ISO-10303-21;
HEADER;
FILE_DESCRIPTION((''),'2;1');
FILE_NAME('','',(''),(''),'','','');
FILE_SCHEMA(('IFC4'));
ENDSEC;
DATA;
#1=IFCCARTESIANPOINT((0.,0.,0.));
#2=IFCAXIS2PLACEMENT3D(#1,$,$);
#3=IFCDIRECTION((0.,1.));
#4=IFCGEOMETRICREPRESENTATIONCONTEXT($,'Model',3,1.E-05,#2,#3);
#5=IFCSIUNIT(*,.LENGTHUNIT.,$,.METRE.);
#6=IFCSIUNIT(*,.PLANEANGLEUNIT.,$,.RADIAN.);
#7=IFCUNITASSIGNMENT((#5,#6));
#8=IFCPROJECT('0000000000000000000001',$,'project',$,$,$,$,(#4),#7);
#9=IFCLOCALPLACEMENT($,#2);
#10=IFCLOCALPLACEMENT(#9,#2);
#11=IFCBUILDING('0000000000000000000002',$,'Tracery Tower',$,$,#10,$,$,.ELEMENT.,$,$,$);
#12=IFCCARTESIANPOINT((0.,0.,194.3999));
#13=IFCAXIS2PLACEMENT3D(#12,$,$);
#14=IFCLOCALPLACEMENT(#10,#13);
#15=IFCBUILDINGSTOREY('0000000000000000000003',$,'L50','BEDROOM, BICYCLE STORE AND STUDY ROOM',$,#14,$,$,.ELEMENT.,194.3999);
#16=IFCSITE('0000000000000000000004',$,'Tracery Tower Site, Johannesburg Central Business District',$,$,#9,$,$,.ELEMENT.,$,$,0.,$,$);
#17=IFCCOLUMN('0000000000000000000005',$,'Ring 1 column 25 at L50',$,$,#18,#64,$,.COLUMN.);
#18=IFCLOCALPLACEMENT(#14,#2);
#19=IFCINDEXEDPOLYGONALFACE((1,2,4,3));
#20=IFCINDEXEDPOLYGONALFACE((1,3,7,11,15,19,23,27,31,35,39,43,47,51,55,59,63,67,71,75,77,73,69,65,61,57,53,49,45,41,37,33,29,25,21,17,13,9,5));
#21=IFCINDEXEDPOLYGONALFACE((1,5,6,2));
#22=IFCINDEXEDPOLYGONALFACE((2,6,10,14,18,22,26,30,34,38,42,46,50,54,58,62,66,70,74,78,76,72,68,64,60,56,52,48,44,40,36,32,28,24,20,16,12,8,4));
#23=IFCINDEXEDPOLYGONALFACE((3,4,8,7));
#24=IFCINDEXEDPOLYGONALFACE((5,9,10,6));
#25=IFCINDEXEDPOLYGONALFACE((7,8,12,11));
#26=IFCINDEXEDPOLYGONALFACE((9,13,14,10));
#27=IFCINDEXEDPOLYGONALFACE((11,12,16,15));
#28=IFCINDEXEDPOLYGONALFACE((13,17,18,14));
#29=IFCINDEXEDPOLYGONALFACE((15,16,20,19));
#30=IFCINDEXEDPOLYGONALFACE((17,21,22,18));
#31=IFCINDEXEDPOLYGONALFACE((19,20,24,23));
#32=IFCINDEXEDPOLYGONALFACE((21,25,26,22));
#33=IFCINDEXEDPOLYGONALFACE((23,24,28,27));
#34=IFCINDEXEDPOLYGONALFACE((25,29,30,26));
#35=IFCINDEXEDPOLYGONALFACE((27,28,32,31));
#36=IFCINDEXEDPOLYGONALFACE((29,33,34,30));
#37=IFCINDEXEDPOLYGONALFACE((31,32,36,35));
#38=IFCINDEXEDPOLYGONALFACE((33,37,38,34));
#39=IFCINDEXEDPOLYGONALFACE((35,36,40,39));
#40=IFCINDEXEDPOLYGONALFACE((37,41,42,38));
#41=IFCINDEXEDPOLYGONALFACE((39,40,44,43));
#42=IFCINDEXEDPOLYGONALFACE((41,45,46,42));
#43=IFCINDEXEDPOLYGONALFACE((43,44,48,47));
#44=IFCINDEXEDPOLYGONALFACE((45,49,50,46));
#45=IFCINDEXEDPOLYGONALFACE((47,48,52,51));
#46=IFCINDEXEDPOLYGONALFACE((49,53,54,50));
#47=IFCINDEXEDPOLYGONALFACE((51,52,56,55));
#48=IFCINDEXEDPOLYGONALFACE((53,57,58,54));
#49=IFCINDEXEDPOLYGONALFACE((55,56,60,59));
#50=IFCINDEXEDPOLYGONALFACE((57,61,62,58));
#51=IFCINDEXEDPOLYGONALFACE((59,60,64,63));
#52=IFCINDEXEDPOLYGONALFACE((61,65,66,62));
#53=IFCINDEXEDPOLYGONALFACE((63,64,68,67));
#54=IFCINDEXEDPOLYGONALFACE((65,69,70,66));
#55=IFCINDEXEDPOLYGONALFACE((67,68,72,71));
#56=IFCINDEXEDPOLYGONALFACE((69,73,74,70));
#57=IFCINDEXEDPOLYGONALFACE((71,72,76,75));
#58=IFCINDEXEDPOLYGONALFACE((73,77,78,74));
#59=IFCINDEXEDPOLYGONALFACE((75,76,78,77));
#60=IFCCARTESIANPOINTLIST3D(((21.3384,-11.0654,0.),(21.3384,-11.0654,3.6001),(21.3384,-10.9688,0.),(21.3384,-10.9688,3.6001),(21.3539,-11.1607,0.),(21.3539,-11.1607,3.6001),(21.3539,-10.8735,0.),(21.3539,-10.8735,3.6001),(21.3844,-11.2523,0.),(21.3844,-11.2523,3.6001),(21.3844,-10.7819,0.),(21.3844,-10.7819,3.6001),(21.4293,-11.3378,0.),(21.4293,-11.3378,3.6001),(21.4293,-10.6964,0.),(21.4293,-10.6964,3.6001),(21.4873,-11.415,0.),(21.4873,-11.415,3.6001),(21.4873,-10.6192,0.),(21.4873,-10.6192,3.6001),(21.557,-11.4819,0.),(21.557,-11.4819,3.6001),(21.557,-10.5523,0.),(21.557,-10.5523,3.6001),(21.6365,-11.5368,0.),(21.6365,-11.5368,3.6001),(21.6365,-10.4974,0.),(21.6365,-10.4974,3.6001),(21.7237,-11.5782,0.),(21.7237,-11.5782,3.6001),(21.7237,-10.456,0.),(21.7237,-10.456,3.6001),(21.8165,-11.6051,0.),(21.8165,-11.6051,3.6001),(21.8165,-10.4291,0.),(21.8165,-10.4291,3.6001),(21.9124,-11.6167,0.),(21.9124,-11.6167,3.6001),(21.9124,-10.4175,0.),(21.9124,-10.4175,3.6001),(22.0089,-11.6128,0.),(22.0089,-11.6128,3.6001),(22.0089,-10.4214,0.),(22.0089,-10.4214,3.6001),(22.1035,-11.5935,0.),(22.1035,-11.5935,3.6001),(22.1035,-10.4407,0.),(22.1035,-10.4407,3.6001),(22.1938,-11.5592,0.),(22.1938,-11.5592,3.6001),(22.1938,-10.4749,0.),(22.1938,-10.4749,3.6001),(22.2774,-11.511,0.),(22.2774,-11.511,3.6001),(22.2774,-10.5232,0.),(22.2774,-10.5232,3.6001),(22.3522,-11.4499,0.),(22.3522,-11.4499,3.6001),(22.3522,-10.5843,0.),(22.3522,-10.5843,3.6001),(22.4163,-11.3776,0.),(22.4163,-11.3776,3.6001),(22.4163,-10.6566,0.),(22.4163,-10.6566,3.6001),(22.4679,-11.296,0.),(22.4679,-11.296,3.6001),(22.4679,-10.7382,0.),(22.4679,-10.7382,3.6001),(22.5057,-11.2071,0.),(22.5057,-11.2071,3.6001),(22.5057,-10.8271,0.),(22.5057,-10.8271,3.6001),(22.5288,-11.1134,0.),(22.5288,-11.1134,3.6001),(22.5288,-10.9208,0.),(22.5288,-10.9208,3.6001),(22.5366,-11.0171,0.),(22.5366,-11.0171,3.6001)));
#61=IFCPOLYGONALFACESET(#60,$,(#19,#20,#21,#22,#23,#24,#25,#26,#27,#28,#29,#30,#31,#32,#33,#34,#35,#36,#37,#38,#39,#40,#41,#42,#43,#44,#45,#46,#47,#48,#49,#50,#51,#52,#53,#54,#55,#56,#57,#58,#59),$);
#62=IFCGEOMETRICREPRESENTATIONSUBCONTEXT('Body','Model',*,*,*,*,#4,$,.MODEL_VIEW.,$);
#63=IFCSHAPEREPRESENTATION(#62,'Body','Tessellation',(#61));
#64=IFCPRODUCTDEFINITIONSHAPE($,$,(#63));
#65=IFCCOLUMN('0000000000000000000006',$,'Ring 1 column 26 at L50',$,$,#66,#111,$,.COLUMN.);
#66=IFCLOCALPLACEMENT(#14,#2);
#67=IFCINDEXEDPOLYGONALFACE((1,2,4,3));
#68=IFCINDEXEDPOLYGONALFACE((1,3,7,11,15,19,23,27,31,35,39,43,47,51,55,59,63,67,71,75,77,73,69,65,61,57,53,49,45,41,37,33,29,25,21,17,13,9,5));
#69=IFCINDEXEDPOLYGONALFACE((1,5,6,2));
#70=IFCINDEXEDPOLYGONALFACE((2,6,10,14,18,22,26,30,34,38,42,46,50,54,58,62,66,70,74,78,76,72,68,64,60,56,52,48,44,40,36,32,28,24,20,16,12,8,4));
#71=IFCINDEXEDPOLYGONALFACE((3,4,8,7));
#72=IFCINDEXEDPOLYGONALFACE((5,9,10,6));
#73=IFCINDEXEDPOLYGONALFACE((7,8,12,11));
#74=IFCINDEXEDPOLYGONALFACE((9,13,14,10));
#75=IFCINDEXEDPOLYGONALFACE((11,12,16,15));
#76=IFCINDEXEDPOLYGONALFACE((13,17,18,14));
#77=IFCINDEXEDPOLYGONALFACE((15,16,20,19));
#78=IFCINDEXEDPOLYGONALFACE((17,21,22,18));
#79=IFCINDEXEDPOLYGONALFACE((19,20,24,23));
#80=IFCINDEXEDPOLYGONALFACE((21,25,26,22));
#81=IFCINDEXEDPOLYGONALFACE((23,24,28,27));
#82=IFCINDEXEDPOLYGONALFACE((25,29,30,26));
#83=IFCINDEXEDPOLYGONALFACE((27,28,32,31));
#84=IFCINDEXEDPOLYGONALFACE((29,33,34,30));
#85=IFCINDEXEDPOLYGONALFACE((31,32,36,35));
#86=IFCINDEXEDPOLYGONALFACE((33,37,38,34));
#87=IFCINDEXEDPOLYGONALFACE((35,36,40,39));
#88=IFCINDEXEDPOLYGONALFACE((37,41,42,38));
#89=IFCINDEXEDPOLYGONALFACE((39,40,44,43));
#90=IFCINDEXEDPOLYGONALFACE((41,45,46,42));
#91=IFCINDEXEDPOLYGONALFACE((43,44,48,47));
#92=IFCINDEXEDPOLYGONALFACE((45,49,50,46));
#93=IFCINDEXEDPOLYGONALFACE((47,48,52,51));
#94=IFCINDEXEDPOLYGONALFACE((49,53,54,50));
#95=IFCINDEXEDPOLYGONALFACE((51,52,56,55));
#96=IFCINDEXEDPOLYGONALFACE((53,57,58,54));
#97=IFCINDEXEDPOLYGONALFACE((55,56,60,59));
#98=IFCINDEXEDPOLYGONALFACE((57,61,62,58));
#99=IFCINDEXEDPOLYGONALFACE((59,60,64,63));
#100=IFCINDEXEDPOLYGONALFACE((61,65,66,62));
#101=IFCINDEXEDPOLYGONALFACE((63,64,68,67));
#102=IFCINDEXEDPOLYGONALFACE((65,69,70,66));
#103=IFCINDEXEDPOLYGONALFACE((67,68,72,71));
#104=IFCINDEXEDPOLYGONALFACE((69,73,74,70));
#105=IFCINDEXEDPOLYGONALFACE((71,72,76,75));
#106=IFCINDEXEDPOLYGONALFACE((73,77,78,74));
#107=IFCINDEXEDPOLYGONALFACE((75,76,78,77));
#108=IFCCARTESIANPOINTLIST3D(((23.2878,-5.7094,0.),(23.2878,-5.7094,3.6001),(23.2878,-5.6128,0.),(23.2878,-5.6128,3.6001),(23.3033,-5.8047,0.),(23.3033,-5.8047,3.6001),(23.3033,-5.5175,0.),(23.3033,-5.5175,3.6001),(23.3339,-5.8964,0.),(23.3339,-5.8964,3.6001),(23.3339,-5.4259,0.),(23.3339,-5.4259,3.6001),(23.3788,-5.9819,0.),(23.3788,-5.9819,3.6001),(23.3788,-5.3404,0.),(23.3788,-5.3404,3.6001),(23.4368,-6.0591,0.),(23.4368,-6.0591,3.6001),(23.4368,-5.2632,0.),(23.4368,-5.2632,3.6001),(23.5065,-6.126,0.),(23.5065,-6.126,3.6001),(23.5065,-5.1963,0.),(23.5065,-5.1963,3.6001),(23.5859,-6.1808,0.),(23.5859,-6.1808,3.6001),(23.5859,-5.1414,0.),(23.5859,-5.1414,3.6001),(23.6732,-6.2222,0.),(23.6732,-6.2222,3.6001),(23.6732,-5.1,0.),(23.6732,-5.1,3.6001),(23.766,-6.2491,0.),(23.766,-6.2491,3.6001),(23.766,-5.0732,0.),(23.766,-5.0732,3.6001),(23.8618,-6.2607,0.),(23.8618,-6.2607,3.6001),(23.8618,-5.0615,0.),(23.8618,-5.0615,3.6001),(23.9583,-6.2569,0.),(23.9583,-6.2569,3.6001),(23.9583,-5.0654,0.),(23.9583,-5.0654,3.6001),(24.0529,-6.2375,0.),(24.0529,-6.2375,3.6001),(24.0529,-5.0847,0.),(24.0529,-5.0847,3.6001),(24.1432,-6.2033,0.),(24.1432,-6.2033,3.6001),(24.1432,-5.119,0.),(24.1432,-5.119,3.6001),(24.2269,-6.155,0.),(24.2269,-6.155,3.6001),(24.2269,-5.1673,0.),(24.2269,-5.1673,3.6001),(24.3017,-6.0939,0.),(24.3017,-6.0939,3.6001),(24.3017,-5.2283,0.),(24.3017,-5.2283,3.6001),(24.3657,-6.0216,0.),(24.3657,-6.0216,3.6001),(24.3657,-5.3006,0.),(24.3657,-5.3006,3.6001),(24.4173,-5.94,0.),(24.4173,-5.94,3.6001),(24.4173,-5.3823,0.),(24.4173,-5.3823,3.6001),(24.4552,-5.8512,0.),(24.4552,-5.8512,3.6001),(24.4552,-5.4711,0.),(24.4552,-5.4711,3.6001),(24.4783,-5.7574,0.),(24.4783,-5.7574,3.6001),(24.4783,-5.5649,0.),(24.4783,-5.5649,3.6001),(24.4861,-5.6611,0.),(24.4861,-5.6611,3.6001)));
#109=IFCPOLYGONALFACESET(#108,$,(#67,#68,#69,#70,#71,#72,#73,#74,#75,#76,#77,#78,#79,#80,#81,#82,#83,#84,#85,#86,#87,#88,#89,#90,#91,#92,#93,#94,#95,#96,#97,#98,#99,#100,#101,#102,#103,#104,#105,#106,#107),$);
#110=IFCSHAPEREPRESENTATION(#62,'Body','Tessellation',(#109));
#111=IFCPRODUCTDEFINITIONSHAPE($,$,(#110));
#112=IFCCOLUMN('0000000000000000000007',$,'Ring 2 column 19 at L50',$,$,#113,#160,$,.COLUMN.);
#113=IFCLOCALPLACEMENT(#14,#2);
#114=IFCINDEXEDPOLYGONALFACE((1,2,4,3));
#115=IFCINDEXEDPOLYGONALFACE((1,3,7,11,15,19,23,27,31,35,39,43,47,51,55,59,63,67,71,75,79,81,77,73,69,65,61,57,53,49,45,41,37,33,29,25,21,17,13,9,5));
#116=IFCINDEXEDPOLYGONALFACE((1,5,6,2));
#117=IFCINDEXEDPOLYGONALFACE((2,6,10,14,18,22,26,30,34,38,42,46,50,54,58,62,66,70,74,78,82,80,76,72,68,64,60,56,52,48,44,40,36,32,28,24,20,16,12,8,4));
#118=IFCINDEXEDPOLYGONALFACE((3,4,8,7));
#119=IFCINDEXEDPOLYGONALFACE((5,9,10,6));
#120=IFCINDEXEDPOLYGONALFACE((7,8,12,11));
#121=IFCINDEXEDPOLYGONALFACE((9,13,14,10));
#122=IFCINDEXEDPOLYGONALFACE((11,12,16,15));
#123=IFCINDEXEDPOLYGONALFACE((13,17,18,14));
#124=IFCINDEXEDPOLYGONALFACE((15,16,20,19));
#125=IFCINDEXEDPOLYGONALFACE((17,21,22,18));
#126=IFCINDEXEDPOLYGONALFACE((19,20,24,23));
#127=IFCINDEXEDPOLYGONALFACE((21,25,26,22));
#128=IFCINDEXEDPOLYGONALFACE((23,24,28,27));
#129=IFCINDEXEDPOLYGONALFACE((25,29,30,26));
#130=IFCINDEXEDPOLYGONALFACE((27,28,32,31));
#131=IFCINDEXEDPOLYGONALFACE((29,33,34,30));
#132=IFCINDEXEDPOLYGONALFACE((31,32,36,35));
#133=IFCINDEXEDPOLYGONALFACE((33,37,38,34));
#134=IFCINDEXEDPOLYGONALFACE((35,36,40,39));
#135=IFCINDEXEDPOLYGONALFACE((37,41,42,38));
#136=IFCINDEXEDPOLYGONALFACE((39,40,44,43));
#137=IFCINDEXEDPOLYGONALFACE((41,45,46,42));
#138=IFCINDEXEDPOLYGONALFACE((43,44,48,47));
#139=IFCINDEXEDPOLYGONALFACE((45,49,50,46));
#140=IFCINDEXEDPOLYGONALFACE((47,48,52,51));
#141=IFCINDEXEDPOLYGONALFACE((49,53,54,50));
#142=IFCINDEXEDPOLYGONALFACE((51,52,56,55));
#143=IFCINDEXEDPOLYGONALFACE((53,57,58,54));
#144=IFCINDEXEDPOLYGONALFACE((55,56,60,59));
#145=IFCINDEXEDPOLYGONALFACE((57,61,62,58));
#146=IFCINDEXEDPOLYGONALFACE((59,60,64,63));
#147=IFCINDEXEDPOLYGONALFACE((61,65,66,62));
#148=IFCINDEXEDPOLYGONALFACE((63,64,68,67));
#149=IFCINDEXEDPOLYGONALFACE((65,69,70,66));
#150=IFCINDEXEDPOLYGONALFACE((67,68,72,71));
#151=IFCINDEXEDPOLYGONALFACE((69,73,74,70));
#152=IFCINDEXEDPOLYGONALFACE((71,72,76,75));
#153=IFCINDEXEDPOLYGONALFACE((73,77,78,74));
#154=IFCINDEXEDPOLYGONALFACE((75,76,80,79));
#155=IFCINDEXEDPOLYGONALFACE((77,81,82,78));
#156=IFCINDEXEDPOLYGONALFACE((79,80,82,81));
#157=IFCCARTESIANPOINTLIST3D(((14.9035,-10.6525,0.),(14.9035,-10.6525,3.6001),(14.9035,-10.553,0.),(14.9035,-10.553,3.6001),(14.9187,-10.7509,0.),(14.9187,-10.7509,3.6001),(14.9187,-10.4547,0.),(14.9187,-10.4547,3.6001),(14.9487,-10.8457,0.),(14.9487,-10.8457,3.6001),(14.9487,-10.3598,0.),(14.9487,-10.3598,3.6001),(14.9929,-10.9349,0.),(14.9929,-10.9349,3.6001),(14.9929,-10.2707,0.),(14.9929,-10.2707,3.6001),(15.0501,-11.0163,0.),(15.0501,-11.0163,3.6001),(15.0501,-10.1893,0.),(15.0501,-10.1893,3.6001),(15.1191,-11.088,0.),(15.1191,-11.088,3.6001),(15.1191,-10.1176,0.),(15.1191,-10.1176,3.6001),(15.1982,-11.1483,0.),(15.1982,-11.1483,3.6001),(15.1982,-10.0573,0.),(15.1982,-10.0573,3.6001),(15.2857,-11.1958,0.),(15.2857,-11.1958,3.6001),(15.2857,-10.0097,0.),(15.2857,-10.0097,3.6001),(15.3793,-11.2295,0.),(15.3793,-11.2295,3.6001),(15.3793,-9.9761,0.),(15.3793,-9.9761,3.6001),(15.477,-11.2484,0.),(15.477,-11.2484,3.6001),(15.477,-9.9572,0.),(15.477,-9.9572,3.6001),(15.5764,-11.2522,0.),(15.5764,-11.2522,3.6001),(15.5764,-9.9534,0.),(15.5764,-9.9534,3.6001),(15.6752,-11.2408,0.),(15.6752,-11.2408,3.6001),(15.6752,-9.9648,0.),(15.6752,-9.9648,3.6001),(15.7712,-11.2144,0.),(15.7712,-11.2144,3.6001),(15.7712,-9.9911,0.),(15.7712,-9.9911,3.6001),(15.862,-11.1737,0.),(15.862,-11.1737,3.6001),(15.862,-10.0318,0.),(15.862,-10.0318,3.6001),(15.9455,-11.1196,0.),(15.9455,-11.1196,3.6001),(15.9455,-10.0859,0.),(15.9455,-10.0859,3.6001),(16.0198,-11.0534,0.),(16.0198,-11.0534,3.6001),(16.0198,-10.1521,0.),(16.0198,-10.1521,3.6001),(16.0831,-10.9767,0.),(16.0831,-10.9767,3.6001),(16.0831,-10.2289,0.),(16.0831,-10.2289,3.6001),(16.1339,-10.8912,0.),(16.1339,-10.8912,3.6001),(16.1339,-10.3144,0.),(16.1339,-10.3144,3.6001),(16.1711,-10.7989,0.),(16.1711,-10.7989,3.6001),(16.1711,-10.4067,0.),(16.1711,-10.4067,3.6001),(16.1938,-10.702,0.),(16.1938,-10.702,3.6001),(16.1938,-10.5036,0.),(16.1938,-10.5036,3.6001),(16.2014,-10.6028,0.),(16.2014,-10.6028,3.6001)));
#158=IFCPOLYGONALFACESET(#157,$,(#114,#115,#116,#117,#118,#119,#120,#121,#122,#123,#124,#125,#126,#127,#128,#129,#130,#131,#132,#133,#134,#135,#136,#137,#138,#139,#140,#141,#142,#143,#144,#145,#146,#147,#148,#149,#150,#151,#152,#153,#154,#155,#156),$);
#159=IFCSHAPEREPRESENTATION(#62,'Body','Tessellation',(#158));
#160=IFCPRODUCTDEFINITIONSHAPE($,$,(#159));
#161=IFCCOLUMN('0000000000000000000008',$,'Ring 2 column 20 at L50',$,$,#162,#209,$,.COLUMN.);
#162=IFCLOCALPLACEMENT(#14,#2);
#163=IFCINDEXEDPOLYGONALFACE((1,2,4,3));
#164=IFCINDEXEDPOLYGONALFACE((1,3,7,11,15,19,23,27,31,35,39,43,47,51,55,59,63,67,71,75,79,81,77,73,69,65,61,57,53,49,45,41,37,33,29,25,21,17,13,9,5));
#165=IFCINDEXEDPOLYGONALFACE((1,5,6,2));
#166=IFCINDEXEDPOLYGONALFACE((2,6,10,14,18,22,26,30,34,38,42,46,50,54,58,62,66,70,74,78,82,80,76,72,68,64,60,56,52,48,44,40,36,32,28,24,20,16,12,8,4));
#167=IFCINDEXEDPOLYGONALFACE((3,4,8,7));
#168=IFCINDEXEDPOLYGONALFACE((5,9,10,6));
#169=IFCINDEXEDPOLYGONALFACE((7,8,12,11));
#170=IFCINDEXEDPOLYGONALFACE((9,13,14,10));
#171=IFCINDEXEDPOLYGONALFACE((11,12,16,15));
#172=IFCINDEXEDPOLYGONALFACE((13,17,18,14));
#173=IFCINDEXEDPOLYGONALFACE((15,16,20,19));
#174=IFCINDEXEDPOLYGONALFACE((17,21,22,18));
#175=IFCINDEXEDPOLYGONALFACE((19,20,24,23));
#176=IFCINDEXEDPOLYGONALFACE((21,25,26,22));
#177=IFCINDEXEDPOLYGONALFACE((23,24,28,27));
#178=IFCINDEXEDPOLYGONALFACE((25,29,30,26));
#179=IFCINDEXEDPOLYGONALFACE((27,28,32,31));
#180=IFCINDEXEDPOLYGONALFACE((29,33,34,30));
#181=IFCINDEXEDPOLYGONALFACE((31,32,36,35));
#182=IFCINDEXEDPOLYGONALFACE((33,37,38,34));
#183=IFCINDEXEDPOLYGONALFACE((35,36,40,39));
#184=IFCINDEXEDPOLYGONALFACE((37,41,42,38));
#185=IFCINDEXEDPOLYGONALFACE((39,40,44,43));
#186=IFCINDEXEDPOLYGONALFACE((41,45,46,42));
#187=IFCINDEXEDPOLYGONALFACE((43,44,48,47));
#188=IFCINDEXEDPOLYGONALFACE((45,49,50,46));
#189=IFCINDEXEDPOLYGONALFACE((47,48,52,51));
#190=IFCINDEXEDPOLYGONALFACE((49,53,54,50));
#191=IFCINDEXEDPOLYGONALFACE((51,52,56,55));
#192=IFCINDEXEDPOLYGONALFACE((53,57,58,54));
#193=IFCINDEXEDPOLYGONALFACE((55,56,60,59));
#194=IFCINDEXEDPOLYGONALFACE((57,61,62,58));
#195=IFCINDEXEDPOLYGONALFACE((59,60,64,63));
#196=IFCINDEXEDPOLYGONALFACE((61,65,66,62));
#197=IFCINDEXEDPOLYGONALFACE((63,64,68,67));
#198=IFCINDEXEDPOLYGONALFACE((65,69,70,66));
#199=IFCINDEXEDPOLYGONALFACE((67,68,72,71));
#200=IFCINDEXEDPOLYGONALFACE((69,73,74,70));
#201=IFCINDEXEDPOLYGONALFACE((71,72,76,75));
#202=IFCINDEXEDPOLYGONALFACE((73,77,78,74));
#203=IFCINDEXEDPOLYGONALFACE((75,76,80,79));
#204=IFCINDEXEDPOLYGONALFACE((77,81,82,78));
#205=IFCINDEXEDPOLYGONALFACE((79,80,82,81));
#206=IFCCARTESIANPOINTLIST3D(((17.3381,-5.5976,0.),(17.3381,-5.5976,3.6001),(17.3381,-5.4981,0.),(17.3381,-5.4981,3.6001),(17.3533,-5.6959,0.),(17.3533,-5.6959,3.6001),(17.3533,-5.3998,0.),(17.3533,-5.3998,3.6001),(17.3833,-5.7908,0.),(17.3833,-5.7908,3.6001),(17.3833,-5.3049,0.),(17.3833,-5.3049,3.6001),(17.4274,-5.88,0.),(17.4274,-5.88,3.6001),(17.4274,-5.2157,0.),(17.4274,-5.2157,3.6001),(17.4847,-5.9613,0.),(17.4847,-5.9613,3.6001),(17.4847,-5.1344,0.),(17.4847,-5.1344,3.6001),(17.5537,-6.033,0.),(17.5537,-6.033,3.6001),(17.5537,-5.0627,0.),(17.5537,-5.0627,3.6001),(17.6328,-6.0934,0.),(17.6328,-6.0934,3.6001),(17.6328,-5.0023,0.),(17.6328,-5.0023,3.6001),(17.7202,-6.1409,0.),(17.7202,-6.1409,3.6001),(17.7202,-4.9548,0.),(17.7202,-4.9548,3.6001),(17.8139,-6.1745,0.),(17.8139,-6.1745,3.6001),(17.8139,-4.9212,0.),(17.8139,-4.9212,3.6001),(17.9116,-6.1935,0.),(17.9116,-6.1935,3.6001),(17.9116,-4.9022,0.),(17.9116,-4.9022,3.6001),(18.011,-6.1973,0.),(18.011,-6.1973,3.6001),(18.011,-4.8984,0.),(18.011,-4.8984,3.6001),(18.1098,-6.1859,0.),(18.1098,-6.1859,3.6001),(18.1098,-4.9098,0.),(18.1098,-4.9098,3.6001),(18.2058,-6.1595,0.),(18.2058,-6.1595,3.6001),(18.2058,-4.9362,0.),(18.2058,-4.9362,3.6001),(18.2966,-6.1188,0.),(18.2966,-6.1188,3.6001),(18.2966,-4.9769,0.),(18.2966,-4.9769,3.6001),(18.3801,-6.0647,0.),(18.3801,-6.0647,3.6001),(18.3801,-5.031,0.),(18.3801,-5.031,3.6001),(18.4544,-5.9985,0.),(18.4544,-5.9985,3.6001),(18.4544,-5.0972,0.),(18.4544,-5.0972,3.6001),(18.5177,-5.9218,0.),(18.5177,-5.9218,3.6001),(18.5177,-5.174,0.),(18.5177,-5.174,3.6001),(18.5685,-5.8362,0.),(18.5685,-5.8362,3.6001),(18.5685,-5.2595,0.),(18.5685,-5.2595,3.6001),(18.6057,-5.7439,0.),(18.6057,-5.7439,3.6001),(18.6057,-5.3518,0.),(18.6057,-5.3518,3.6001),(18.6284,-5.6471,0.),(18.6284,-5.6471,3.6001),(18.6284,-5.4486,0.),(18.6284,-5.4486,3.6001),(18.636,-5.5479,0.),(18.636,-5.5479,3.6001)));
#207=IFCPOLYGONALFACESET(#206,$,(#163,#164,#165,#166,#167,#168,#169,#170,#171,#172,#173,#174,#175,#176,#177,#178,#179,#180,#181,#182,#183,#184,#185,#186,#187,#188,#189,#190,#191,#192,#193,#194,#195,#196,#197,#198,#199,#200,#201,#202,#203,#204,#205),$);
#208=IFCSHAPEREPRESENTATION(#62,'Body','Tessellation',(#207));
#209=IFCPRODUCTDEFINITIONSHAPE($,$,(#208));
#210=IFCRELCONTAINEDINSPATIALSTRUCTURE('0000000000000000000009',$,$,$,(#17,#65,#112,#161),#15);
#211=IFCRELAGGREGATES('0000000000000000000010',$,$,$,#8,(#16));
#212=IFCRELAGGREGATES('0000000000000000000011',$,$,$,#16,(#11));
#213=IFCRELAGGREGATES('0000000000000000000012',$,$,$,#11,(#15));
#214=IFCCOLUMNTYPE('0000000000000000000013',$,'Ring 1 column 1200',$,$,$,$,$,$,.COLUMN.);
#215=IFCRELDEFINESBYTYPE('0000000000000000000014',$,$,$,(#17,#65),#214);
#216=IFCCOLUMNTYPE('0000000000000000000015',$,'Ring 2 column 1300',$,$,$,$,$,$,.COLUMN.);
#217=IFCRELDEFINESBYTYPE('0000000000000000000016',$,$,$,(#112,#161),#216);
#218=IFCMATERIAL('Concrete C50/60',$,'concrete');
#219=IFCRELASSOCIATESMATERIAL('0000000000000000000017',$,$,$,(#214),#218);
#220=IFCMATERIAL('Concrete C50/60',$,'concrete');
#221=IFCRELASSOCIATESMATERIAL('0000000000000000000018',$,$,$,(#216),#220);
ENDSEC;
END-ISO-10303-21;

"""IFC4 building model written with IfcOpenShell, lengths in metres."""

from ifc_helpers import new_model, si_unit, direction, frame, origin, origin_2d, place, context, subcontext, project, spatial, circle, extrude, material, material_profile, profile_set, type_object, element, save


model = new_model("IFC4")

# Units and contexts
model_context = context("Model", 3, precision=1e-05, world=origin(), true_north=direction((0.0, 1.0)))
body_context = subcontext(model_context, "Body", "Model", "MODEL_VIEW")
ifc_project = project(units=[si_unit("LENGTHUNIT", "METRE"), si_unit("PLANEANGLEUNIT", "RADIAN")], contexts=[model_context])

# Site, building, storey
site_placement = place(None, origin())
site = spatial("IfcSite", under=ifc_project, at=site_placement, Name="Tracery Tower Site, Johannesburg Central Business District", CompositionType="ELEMENT", RefElevation=0.0)
building_placement = place(site_placement, origin())
building = spatial("IfcBuilding", under=site, at=building_placement, Name="Tracery Tower", CompositionType="ELEMENT")
storey_placement = place(building_placement, frame((0.0, 0.0, 194.3999)))
storey = spatial("IfcBuildingStorey", under=building, at=storey_placement, Name="L50", Description="BEDROOM, BICYCLE STORE AND STUDY ROOM", CompositionType="ELEMENT", Elevation=194.3999)

# Columns
ifc_material_1 = material(Name="Concrete C50/60", Category="concrete")
ifc_material_profile_1 = material_profile(ifc_material_1, circle(Radius=0.6001, at=origin_2d()), Name="RC D1200")
ifc_profile_set_1 = profile_set([ifc_material_profile_1], Name="Concrete C50/60")
column_type_1 = type_object("IfcColumnType", Name="Ring 1 column 1200", PredefinedType="COLUMN", material=ifc_profile_set_1)
for number, where, z_axis, x_axis, name in (
    (1, (21.9365, -11.0171, 0.0), (0.0, 0.0, 1.0), (1.0, 0.0, 0.0), "Ring 1 column 25 at L50"),
    (2, (23.886, -5.6611, 0.0), (0.0, 0.0, 1.0), (1.0, 0.0, 0.0), "Ring 1 column 26 at L50"),
):
    element("IfcColumn", number, at=place(storey_placement, frame(where, z_axis=z_axis, x_axis=x_axis)), inside=storey, type_object=column_type_1, Name=name, PredefinedType="COLUMN", context=body_context, shape_type="SweptSolid", body=[
        extrude(circle(Radius=0.6001, at=origin_2d()), origin(), (0.0, 0.0, 1.0), 3.6001),
    ])
ifc_material_2 = material(Name="Concrete C50/60", Category="concrete")
ifc_material_profile_2 = material_profile(ifc_material_2, circle(Radius=0.6499, at=origin_2d()), Name="RC D1300")
ifc_profile_set_2 = profile_set([ifc_material_profile_2], Name="Concrete C50/60")
column_type_2 = type_object("IfcColumnType", Name="Ring 2 column 1300", PredefinedType="COLUMN", material=ifc_profile_set_2)
for number, where, z_axis, x_axis, name in (
    (3, (15.5515, -10.6028, 0.0), (0.0, 0.0, 1.0), (1.0, 0.0, 0.0), "Ring 2 column 19 at L50"),
    (4, (17.9861, -5.5479, 0.0), (0.0, 0.0, 1.0), (1.0, 0.0, 0.0), "Ring 2 column 20 at L50"),
):
    element("IfcColumn", number, at=place(storey_placement, frame(where, z_axis=z_axis, x_axis=x_axis)), inside=storey, type_object=column_type_2, Name=name, PredefinedType="COLUMN", context=body_context, shape_type="SweptSolid", body=[
        extrude(circle(Radius=0.6499, at=origin_2d()), origin(), (0.0, 0.0, 1.0), 3.6001),
    ])

save(model, "model.ifc")
